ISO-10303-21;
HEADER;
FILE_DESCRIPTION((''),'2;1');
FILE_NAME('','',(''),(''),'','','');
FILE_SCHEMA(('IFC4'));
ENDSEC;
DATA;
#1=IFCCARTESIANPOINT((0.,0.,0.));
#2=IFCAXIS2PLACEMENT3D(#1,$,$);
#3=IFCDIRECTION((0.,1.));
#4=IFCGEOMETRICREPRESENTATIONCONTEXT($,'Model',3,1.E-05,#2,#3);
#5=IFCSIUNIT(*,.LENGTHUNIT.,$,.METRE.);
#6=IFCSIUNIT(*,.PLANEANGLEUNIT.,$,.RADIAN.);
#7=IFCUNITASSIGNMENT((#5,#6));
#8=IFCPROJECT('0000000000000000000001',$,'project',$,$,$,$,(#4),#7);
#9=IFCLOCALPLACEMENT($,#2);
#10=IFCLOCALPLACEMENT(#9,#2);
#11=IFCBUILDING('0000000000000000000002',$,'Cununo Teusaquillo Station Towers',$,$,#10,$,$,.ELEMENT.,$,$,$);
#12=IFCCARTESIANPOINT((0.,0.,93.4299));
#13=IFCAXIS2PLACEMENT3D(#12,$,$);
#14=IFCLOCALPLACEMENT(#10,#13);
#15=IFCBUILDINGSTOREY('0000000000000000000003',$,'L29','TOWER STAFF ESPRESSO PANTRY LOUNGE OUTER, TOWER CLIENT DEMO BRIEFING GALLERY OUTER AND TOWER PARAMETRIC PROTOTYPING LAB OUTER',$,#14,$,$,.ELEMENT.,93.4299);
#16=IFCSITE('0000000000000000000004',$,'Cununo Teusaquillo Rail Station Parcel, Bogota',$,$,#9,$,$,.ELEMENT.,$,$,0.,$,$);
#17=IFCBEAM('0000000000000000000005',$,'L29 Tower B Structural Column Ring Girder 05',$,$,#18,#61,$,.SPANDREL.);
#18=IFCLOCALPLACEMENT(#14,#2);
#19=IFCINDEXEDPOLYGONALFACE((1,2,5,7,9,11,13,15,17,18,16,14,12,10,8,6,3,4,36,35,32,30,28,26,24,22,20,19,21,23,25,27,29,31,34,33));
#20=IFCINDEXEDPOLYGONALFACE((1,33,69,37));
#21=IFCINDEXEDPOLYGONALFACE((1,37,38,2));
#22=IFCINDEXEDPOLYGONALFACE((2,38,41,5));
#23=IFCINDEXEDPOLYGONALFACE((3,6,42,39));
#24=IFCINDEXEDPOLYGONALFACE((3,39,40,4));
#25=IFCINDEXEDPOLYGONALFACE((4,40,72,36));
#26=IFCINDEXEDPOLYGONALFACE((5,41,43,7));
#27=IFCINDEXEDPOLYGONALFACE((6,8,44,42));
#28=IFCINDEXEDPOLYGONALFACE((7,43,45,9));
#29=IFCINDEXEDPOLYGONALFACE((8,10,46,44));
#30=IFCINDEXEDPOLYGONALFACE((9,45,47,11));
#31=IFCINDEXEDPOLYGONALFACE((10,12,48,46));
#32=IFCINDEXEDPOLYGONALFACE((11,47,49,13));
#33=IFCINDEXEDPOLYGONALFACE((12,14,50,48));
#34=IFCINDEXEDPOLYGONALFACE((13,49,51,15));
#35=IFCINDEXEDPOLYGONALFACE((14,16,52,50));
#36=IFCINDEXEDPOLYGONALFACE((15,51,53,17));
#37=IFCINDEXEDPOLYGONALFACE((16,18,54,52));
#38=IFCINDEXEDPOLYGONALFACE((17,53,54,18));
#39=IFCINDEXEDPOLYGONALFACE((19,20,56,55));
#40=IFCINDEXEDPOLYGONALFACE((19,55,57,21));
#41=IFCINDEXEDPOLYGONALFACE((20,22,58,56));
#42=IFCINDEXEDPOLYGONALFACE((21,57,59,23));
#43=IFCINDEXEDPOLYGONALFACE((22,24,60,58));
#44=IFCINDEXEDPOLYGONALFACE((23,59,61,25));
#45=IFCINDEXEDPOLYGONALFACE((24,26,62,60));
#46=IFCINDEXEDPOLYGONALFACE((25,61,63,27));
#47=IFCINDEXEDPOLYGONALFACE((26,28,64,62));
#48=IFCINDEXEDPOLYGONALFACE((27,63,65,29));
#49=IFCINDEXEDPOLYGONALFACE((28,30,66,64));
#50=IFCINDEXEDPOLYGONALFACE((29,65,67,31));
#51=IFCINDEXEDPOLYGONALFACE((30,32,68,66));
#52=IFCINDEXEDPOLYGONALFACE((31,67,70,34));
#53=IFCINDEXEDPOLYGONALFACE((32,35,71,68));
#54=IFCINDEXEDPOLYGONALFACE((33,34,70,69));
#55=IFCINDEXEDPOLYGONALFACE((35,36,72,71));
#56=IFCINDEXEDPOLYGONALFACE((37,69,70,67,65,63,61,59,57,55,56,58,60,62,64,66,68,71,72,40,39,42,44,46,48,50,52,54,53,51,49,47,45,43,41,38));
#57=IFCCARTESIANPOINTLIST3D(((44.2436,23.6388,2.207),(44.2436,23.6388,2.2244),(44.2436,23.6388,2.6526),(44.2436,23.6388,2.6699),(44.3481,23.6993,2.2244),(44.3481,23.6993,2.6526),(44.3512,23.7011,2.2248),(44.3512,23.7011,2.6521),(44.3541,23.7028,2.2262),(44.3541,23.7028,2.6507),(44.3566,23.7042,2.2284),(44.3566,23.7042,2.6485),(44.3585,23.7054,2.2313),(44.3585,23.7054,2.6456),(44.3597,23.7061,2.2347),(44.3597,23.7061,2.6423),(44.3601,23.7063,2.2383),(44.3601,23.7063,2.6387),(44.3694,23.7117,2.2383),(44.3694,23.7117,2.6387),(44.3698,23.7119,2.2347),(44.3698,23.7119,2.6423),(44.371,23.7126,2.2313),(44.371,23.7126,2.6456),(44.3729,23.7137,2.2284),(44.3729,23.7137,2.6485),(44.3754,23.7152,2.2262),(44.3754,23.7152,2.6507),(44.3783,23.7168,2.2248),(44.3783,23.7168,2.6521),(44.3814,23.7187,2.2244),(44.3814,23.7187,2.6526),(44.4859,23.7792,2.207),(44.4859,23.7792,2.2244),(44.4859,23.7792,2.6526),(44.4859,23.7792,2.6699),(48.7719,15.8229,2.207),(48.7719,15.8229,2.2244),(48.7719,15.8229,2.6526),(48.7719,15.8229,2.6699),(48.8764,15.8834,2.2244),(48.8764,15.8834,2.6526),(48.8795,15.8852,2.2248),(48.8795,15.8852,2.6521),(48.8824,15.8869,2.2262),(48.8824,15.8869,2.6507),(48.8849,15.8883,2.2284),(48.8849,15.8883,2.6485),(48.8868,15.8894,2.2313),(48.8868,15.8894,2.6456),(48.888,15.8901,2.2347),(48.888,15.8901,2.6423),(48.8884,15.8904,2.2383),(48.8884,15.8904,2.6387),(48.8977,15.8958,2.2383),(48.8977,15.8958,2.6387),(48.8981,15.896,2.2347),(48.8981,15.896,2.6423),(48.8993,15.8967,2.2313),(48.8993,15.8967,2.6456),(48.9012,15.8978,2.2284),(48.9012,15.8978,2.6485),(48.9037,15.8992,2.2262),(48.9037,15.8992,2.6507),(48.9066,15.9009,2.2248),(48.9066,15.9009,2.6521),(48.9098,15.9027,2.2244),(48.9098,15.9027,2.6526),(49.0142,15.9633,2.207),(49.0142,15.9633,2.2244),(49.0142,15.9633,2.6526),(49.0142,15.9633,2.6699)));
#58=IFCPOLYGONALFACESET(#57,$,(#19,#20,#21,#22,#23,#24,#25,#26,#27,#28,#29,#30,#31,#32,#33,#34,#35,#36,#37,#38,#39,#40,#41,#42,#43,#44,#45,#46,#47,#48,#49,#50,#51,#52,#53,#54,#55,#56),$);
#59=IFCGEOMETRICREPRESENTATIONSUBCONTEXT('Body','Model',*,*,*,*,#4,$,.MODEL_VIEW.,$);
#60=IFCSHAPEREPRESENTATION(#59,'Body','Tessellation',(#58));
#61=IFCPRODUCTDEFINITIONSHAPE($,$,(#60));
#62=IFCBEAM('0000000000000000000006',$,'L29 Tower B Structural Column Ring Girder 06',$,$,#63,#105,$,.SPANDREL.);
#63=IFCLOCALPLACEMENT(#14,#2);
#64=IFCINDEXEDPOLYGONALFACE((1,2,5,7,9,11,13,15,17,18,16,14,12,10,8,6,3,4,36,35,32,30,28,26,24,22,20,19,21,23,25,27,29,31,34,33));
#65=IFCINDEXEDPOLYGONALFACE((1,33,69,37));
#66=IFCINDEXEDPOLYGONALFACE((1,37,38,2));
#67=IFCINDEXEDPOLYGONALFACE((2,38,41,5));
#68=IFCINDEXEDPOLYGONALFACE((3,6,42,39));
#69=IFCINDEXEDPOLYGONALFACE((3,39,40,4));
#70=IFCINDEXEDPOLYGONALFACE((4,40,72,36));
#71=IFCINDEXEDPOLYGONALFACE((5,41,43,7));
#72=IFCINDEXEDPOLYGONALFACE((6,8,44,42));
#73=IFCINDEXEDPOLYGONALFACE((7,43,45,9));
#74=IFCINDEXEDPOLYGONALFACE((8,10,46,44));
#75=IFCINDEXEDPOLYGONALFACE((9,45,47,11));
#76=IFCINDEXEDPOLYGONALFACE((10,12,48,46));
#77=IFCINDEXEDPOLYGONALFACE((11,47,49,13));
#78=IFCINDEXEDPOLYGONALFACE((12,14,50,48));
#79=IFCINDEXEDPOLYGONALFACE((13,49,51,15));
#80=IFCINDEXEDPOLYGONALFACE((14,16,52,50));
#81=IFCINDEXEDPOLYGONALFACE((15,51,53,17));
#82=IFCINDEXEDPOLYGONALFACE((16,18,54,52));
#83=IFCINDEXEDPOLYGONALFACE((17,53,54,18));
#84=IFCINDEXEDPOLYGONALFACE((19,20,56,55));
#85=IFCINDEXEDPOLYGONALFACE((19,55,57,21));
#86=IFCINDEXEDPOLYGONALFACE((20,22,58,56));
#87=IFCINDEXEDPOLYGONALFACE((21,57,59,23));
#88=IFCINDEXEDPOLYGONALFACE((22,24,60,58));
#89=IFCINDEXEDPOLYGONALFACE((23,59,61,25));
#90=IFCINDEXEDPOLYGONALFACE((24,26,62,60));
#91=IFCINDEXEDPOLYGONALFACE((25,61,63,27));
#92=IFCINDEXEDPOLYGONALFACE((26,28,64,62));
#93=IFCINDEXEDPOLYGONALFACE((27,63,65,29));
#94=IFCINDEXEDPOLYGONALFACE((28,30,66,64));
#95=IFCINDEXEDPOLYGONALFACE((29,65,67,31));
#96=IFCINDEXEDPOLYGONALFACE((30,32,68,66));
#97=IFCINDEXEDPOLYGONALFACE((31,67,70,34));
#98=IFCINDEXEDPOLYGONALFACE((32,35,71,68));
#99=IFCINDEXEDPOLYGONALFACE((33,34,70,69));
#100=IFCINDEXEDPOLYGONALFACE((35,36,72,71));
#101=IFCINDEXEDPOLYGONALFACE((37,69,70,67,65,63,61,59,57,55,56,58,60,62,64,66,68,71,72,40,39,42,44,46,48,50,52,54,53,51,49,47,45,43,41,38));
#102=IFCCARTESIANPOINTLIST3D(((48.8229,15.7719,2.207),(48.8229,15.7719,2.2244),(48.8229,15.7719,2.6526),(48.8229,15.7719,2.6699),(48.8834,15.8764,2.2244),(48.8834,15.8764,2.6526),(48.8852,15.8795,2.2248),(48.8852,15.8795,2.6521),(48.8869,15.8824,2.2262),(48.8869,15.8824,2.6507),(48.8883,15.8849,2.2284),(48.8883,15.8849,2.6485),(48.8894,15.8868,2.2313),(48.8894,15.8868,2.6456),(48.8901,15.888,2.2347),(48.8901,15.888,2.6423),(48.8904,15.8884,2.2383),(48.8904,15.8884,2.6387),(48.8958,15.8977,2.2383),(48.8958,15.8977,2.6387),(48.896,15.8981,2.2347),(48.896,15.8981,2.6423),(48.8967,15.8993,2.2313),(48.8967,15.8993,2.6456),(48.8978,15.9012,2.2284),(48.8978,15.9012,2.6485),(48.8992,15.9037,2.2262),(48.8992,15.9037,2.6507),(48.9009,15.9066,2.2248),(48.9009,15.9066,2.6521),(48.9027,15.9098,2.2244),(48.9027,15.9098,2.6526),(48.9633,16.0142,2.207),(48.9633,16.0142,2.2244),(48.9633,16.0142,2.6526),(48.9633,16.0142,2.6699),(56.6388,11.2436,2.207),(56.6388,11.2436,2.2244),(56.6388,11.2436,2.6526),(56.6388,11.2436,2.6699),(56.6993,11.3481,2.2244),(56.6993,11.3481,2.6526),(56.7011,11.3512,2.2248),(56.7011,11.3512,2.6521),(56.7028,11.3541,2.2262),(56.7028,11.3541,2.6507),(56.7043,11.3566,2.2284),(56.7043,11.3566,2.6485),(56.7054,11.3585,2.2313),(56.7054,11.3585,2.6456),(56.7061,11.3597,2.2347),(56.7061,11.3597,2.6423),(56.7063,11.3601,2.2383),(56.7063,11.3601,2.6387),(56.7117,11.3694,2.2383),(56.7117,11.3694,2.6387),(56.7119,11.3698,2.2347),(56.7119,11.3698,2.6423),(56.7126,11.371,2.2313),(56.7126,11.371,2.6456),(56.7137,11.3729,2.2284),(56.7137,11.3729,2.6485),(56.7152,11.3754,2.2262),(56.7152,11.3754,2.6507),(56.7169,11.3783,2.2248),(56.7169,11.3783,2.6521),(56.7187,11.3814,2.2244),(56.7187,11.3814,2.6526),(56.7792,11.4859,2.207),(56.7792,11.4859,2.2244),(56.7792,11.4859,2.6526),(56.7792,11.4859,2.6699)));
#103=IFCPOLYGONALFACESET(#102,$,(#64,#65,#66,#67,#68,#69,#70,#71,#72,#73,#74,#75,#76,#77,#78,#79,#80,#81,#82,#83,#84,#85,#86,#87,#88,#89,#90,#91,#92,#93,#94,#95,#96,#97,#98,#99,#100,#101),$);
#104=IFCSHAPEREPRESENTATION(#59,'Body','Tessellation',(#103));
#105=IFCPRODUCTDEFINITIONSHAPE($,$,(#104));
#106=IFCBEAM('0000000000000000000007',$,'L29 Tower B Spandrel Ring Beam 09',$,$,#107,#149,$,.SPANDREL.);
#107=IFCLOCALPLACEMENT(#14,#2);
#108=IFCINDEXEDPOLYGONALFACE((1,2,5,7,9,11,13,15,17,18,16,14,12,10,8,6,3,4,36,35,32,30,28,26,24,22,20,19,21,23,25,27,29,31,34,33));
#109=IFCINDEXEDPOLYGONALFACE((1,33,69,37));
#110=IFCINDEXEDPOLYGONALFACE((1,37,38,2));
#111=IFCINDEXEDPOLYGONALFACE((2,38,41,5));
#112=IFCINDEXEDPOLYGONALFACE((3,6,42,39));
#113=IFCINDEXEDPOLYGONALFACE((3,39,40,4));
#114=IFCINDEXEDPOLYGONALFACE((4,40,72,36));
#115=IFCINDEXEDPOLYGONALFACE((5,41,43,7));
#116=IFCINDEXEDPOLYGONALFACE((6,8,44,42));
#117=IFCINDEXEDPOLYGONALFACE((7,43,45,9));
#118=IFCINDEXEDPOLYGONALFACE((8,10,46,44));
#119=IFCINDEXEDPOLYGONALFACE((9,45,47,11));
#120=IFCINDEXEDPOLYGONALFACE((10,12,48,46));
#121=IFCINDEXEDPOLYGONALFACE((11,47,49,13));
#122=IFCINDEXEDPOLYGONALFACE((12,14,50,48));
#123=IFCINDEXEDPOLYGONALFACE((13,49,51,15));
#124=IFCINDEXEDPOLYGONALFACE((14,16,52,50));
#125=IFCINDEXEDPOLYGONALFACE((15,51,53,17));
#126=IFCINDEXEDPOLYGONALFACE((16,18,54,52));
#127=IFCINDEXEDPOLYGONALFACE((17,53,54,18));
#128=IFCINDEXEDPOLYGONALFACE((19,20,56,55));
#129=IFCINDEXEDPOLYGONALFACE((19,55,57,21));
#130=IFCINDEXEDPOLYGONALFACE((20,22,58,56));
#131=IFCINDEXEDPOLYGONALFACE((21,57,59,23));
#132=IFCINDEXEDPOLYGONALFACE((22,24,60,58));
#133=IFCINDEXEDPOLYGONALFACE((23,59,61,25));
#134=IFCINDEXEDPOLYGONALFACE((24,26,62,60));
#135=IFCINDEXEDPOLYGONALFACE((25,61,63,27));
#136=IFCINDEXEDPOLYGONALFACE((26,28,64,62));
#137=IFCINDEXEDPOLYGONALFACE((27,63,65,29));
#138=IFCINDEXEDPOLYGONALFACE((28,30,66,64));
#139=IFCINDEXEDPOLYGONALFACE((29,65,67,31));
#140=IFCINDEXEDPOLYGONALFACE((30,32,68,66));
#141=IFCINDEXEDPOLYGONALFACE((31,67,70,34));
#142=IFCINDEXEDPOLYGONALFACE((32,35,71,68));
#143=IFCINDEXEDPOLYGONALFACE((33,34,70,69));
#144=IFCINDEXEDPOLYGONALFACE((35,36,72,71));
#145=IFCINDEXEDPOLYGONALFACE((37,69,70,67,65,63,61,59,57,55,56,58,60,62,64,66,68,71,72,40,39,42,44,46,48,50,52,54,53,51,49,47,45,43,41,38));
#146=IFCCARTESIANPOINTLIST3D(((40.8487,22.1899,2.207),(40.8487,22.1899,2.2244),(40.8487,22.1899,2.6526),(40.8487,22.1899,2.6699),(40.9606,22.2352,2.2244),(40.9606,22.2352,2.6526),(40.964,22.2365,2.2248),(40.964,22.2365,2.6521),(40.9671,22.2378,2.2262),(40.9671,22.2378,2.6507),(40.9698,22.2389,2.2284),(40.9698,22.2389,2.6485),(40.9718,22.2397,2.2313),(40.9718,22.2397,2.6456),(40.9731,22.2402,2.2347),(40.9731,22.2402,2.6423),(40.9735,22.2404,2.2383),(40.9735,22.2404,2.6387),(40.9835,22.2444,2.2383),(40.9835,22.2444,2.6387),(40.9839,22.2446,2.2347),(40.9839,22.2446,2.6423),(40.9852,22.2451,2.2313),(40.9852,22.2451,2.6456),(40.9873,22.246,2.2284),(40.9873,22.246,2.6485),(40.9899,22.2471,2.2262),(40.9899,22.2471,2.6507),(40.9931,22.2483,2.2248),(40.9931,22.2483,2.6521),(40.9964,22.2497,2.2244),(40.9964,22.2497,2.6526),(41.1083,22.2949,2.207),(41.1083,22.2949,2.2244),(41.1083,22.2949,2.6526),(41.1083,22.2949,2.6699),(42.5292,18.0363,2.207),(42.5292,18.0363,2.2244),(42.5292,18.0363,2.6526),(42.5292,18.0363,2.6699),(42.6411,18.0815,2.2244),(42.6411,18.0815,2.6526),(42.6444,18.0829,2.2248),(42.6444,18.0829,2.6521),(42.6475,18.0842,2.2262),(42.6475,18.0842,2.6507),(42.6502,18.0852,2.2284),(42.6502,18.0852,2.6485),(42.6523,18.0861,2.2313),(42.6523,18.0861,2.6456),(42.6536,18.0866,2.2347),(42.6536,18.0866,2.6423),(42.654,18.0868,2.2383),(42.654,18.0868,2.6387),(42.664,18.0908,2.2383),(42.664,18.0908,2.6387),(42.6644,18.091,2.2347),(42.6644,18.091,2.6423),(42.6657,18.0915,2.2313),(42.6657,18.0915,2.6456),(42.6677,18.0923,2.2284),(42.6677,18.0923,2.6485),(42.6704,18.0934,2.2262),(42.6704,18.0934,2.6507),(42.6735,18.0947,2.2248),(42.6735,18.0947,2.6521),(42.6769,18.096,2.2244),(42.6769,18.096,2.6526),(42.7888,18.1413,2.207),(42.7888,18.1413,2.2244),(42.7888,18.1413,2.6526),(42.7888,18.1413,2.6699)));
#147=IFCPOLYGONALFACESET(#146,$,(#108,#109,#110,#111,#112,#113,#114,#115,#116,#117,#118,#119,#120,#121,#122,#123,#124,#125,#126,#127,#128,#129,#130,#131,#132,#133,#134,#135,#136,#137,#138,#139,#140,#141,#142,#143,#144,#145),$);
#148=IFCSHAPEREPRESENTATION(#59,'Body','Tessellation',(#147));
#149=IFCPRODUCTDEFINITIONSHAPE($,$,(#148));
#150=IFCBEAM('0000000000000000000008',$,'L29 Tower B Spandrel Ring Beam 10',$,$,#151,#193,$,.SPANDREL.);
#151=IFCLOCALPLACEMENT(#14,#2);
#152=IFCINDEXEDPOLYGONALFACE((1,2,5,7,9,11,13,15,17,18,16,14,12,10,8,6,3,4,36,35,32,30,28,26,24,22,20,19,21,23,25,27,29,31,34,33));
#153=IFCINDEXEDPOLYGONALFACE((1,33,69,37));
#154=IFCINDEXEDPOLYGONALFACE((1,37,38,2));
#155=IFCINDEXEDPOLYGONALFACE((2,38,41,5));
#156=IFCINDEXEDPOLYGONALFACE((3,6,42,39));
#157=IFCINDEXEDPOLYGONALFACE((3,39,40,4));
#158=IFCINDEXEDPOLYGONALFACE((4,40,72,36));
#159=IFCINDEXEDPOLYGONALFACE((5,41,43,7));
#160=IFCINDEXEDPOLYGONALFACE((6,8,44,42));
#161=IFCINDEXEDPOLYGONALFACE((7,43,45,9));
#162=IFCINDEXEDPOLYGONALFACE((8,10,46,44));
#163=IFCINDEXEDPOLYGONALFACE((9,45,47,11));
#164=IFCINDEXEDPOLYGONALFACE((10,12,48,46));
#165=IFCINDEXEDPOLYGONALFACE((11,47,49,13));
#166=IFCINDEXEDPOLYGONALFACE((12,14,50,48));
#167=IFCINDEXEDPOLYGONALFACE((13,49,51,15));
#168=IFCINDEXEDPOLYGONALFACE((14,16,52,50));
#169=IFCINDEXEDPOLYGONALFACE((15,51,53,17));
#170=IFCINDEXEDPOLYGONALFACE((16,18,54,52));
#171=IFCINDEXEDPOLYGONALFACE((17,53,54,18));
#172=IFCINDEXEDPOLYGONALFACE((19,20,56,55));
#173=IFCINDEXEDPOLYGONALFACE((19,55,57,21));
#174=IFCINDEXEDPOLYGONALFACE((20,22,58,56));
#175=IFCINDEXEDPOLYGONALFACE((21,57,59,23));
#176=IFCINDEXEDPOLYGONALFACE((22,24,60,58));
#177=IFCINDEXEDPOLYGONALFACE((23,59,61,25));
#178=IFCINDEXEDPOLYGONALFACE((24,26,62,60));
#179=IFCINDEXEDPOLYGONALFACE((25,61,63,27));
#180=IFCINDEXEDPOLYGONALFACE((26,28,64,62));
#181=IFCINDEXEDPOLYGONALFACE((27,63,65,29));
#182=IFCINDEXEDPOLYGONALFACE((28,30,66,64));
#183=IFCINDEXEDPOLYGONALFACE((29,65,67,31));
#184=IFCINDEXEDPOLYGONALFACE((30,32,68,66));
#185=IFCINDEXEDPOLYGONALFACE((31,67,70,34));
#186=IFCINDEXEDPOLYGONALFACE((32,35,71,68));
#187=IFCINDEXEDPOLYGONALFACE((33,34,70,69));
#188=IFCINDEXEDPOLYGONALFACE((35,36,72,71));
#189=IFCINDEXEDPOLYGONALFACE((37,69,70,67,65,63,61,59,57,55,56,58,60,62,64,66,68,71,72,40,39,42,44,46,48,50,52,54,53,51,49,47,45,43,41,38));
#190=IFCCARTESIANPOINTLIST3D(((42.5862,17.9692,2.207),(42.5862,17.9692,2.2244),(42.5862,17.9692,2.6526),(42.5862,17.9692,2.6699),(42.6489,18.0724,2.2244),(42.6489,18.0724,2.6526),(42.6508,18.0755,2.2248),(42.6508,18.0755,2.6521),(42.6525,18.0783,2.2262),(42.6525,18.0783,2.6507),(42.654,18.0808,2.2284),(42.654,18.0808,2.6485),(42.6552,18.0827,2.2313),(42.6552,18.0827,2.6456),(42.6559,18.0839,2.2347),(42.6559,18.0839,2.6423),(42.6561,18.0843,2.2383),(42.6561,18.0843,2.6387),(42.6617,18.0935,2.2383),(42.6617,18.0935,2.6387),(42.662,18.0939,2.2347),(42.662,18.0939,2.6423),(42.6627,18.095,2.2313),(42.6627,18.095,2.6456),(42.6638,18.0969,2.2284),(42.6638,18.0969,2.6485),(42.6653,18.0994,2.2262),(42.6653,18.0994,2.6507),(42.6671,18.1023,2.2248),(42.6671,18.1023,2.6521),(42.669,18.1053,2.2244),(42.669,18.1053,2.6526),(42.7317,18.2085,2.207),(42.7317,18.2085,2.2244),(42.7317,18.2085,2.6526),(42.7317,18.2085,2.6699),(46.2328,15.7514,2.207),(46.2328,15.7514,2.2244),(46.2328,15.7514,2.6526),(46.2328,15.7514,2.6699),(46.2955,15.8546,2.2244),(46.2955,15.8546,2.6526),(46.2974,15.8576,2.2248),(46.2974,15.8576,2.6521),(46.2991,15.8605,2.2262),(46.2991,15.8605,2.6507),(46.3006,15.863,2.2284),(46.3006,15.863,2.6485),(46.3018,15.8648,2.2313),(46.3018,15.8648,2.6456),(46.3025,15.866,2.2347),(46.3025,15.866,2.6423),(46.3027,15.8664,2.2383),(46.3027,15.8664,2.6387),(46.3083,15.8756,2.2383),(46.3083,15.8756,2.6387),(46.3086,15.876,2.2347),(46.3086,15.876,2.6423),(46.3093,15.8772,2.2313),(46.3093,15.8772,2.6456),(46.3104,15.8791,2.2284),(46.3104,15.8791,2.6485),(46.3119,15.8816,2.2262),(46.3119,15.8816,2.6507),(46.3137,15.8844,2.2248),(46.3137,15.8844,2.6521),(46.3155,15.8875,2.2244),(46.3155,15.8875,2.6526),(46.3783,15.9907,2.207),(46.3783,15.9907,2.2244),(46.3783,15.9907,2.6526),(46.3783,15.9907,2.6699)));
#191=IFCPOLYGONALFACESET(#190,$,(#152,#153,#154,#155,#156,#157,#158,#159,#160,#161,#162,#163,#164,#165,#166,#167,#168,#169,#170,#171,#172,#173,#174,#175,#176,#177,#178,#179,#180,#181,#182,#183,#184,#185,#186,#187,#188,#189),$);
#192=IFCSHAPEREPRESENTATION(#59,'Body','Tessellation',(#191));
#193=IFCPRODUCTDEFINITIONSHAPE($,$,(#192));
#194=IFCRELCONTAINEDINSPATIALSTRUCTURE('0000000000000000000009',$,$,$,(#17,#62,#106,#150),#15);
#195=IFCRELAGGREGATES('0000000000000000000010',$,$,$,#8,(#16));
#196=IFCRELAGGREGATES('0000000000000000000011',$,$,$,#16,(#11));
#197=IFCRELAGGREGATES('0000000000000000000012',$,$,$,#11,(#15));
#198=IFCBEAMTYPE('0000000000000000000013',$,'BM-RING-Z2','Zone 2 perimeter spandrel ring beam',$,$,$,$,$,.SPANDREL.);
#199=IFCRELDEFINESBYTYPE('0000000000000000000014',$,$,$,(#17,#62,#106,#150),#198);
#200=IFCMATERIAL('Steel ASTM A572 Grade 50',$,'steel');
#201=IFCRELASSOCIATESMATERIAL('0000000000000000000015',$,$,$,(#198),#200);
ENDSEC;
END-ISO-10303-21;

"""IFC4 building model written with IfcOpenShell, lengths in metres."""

from ifc_helpers import new_model, si_unit, direction, frame, origin, origin_2d, place, context, subcontext, project, spatial, i_section, extrude, material, material_profile, profile_set, type_object, element, save


model = new_model("IFC4")

# Units and contexts
model_context = context("Model", 3, precision=1e-05, world=origin(), true_north=direction((0.0, 1.0)))
body_context = subcontext(model_context, "Body", "Model", "MODEL_VIEW")
ifc_project = project(units=[si_unit("LENGTHUNIT", "METRE"), si_unit("PLANEANGLEUNIT", "RADIAN")], contexts=[model_context])

# Site, building, storey
site_placement = place(None, origin())
site = spatial("IfcSite", under=ifc_project, at=site_placement, Name="Cununo Teusaquillo Rail Station Parcel, Bogota", CompositionType="ELEMENT", RefElevation=0.0)
building_placement = place(site_placement, origin())
building = spatial("IfcBuilding", under=site, at=building_placement, Name="Cununo Teusaquillo Station Towers", CompositionType="ELEMENT")
storey_placement = place(building_placement, frame((0.0, 0.0, 93.4299)))
storey = spatial("IfcBuildingStorey", under=building, at=storey_placement, Name="L29", Description="TOWER STAFF ESPRESSO PANTRY LOUNGE OUTER, TOWER CLIENT DEMO BRIEFING GALLERY OUTER AND TOWER PARAMETRIC PROTOTYPING LAB OUTER", CompositionType="ELEMENT", Elevation=93.4299)

# Beams
ifc_material_1 = material(Name="Steel ASTM A572 Grade 50", Category="steel")
ifc_material_profile_1 = material_profile(ifc_material_1, i_section(OverallWidth=0.28, OverallDepth=0.4629, WebThickness=0.0107, FlangeThickness=0.0173, FilletRadius=0.0139, at=origin_2d()), Name="W18X76")
ifc_profile_set_1 = profile_set([ifc_material_profile_1], Name="Steel ASTM A572 Grade 50")
beam_type_1 = type_object("IfcBeamType", Name="BM-RING-Z2", Description="Zone 2 perimeter spandrel ring beam", PredefinedType="SPANDREL", material=ifc_profile_set_1)
for number, where, z_axis, x_axis, name in (
    (1, (44.3647, 23.709, 2.4385), (0.501311, -0.865267, 0.0), (0.865267, 0.501311, 0.0), "L29 Tower B Structural Column Ring Girder 05"),
    (2, (48.8931, 15.8931, 2.4385), (0.865267, -0.501311, 0.0), (0.501311, 0.865267, 0.0), "L29 Tower B Structural Column Ring Girder 06"),
):
    element("IfcBeam", number, at=place(storey_placement, frame(where, z_axis=z_axis, x_axis=x_axis)), inside=storey, type_object=beam_type_1, Name=name, PredefinedType="SPANDREL", context=body_context, shape_type="SweptSolid", body=[
        extrude(i_section(OverallWidth=0.28, OverallDepth=0.4629, WebThickness=0.0107, FlangeThickness=0.0173, FilletRadius=0.0139, at=origin_2d()), origin(), (0.0, 0.0, 1.0), 9.033),
    ])
beam_1_placement = place(storey_placement, frame((40.9785, 22.2424, 2.4385), z_axis=(0.375042, -0.927008, 0.0), x_axis=(0.927008, 0.375042, 0.0)))
element("IfcBeam", 3, at=beam_1_placement, inside=storey, type_object=beam_type_1, Name="L29 Tower B Spandrel Ring Beam 09", PredefinedType="SPANDREL", context=body_context, shape_type="SweptSolid", body=[
    extrude(i_section(OverallWidth=0.28, OverallDepth=0.4629, WebThickness=0.0107, FlangeThickness=0.0173, FilletRadius=0.0139, at=origin_2d()), origin(), (0.0, 0.0, 1.0), 4.4807),
])
beam_2_placement = place(storey_placement, frame((42.6589, 18.0889, 2.4385), z_axis=(0.854388, -0.519635, 0.0), x_axis=(0.519635, 0.854388, 0.0)))
element("IfcBeam", 4, at=beam_2_placement, inside=storey, type_object=beam_type_1, Name="L29 Tower B Spandrel Ring Beam 10", PredefinedType="SPANDREL", context=body_context, shape_type="SweptSolid", body=[
    extrude(i_section(OverallWidth=0.28, OverallDepth=0.4629, WebThickness=0.0107, FlangeThickness=0.0173, FilletRadius=0.0139, at=origin_2d()), origin(), (0.0, 0.0, 1.0), 4.2681),
])

save(model, "model.ifc")
